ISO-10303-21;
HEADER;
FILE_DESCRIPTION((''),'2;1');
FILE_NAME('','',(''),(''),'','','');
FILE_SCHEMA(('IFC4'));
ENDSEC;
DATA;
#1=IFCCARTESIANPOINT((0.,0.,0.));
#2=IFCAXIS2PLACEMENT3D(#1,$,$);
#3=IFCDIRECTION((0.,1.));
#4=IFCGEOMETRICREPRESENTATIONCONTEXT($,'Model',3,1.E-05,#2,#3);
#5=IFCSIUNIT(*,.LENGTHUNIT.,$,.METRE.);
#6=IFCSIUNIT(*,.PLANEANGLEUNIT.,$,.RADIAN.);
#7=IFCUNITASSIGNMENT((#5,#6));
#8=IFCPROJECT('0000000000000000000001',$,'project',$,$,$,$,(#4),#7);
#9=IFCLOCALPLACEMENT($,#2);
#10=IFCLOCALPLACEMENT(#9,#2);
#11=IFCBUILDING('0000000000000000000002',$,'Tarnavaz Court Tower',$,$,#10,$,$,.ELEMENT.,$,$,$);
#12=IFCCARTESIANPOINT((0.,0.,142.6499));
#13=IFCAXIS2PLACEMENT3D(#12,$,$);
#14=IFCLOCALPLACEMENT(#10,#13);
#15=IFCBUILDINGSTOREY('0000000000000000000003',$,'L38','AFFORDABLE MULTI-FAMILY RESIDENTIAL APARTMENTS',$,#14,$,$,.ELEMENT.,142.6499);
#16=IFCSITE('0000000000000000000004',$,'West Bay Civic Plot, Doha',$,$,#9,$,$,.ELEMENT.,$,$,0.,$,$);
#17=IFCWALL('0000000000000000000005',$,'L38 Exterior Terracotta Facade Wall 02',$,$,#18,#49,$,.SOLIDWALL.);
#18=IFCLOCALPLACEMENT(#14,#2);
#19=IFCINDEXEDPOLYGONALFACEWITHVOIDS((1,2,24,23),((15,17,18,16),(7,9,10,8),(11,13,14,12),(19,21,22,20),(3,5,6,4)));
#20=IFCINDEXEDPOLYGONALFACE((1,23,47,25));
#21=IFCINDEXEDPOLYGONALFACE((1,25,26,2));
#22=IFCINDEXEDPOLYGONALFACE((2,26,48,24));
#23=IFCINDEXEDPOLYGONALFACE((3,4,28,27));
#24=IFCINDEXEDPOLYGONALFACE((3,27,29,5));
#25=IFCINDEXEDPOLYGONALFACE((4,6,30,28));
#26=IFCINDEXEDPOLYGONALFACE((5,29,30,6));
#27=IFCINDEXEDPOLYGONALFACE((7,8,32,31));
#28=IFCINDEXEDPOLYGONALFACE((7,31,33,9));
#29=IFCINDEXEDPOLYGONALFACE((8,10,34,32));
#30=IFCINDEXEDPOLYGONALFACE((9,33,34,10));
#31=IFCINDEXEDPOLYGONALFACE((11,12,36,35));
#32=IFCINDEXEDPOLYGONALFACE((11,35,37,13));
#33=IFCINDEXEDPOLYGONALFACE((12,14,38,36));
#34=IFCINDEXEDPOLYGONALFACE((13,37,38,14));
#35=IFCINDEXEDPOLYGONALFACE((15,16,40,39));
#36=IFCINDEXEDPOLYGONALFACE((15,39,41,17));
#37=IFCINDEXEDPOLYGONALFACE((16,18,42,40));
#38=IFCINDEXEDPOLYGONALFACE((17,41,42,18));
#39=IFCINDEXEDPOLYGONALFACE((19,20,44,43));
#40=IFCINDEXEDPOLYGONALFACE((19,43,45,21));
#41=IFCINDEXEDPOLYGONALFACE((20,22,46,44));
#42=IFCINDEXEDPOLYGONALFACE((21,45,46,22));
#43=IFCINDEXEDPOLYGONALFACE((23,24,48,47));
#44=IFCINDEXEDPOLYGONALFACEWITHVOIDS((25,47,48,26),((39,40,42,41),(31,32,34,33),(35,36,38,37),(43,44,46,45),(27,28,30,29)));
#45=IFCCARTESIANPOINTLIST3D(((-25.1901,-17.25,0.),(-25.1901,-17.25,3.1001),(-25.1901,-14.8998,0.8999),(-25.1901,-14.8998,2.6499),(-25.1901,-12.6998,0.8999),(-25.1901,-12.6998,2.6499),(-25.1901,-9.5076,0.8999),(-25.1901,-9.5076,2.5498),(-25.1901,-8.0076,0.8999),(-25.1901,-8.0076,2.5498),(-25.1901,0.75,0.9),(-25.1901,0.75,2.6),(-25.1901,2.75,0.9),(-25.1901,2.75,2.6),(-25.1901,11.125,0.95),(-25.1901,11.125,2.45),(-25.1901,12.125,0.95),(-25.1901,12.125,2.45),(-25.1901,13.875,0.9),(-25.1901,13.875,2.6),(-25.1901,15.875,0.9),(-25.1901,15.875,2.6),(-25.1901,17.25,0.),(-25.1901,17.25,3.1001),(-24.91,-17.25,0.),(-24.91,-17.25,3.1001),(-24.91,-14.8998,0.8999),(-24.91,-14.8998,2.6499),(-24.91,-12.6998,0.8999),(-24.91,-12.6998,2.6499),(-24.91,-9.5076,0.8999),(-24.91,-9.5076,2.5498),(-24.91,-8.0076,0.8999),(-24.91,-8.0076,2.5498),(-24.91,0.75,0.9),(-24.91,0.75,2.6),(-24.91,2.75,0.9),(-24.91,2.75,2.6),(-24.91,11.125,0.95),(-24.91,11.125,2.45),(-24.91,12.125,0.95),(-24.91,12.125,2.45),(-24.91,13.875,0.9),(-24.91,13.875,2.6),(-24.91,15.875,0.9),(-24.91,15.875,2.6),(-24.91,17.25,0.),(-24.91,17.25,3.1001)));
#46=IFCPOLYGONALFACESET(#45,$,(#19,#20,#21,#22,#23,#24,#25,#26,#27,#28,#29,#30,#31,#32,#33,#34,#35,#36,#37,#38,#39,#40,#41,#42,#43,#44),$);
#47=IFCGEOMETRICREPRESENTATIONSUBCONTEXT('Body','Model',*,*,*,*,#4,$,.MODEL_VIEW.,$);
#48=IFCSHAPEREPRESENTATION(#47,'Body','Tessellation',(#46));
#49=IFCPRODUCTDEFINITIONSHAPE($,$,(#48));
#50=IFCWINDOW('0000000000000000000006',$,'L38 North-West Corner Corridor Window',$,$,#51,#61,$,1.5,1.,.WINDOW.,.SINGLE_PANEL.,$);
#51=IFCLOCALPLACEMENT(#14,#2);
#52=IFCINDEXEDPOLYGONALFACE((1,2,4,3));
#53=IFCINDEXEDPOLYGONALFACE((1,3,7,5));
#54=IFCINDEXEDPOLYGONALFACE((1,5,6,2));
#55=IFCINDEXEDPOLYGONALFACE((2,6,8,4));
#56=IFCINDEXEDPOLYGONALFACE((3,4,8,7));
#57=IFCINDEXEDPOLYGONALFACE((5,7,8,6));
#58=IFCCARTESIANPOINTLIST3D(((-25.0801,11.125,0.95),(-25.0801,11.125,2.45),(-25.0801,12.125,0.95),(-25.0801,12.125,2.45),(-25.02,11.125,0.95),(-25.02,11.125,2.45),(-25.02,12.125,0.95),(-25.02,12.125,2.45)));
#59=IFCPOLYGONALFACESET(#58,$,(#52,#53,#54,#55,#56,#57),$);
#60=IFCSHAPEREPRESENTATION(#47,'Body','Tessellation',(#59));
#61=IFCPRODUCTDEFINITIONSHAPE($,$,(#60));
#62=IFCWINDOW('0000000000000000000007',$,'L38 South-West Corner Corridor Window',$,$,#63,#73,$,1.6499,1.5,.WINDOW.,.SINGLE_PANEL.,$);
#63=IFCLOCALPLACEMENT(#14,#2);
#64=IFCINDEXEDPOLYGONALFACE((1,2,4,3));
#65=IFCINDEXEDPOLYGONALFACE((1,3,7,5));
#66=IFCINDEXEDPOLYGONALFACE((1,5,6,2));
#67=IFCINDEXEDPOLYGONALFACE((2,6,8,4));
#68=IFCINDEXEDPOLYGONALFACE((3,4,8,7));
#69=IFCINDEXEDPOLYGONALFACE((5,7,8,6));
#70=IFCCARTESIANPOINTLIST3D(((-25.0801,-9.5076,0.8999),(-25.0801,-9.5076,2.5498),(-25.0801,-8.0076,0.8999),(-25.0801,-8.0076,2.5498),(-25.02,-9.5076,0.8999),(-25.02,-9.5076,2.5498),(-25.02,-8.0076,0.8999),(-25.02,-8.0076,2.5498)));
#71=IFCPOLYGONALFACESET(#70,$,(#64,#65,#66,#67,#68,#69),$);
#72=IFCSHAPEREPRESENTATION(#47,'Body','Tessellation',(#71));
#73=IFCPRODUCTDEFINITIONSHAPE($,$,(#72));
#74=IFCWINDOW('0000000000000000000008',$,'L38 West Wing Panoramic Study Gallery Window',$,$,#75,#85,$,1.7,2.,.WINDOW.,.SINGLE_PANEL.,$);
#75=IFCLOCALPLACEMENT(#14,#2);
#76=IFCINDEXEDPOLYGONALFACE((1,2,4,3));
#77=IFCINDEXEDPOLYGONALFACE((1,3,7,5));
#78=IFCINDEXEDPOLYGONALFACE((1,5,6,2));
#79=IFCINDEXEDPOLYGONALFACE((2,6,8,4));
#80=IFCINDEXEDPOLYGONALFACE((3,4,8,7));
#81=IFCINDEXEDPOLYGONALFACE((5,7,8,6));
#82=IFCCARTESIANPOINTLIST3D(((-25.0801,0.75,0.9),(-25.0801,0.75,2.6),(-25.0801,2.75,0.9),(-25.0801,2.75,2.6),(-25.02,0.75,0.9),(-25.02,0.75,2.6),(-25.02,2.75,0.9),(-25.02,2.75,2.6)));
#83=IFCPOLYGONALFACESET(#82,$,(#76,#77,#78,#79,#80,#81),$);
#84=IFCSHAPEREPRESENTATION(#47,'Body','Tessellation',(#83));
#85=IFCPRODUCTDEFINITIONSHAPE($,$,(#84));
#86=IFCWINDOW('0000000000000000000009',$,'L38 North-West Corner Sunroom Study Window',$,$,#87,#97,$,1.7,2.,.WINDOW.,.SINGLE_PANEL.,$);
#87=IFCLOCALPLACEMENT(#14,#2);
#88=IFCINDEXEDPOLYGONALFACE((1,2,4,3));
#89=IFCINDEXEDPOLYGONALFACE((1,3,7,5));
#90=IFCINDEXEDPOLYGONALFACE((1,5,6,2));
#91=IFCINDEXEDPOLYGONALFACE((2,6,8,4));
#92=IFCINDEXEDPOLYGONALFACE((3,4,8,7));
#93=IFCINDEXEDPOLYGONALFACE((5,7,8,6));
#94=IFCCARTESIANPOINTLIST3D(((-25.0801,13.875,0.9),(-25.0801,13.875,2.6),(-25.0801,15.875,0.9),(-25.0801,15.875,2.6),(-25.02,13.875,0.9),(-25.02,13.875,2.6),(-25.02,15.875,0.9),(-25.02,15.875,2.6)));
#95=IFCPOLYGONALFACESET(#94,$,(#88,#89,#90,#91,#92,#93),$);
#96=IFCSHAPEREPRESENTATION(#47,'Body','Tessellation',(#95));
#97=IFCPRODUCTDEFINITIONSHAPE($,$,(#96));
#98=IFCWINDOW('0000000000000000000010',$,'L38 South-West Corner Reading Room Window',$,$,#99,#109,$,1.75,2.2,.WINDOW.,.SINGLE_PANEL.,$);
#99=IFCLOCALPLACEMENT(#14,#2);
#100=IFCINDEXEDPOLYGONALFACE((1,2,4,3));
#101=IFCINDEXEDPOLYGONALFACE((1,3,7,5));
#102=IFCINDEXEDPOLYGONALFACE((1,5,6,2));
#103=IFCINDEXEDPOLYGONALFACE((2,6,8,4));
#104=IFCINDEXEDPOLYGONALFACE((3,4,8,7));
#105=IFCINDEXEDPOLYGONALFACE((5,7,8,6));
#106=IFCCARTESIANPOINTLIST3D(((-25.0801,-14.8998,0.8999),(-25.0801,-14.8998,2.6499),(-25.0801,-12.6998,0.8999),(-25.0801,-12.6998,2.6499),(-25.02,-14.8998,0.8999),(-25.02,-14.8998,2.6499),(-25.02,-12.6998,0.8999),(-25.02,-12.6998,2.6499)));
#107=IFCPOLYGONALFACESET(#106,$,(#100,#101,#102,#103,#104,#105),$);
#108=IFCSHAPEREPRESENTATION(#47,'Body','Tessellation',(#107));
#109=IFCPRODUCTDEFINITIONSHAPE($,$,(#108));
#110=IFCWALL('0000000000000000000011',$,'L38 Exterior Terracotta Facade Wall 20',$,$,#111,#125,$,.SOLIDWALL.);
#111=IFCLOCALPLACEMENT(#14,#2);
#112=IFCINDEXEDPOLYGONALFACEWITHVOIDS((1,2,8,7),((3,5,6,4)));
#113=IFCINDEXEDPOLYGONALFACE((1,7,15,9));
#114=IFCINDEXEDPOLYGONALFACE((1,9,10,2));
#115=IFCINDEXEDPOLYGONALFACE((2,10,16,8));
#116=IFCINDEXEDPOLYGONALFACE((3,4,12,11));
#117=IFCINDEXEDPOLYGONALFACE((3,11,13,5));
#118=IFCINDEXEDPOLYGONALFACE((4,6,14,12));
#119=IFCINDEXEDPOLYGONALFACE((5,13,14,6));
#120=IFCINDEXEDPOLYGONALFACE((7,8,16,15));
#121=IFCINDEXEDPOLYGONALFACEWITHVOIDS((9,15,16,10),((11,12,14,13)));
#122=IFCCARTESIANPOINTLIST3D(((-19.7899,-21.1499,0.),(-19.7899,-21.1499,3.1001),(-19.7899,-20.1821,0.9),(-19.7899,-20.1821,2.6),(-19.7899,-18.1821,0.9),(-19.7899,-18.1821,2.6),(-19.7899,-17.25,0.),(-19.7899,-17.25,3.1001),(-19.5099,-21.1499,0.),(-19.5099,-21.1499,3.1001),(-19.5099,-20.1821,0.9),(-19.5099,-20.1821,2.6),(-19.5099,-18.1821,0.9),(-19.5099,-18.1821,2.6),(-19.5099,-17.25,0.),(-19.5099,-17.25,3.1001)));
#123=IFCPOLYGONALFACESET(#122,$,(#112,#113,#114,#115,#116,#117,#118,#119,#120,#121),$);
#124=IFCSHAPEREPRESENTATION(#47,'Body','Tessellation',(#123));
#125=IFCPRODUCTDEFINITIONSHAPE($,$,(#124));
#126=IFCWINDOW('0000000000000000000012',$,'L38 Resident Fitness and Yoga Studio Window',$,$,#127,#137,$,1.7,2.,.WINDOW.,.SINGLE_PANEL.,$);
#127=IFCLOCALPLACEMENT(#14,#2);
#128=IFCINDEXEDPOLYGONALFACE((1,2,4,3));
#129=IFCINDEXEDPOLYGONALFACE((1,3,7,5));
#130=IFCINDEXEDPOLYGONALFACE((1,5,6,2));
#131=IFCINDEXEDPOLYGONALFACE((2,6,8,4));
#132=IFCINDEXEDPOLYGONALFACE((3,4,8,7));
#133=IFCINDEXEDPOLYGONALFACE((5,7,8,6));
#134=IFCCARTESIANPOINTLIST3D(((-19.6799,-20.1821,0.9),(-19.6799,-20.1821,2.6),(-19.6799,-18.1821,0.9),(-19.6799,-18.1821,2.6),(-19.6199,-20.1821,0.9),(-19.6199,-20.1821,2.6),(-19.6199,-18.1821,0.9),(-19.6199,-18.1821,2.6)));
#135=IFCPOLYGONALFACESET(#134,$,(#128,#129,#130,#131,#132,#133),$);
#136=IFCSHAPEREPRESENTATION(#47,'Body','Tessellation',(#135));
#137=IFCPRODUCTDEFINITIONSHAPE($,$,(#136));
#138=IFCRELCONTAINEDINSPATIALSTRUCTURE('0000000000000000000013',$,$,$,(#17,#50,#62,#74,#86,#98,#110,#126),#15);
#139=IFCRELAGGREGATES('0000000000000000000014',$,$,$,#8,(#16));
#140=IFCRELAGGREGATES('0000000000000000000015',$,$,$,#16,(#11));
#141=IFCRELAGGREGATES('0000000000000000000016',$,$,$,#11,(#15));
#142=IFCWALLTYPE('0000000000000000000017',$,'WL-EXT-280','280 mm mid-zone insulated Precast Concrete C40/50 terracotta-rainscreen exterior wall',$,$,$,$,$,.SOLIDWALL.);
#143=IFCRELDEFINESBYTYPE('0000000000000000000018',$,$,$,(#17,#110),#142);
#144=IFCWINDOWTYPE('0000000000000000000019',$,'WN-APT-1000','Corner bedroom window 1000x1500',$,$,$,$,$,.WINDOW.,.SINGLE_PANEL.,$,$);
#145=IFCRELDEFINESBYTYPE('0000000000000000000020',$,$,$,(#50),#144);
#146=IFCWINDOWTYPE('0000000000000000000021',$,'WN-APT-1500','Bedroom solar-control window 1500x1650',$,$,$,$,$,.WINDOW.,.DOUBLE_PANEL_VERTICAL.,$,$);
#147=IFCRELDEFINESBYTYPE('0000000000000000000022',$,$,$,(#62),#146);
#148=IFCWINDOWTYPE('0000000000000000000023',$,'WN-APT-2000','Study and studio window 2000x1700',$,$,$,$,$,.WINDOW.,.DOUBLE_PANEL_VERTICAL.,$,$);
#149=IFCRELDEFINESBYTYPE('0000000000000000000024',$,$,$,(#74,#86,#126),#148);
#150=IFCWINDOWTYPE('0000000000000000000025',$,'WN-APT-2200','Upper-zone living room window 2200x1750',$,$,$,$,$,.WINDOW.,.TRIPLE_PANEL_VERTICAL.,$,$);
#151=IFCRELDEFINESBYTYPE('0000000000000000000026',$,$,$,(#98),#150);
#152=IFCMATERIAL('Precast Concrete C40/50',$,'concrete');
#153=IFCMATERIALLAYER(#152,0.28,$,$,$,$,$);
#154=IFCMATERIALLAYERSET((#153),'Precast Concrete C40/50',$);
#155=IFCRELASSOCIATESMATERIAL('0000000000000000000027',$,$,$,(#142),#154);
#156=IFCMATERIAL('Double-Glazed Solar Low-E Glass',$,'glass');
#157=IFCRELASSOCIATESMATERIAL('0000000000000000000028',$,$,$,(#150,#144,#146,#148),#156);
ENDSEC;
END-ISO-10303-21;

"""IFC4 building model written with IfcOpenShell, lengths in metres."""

from ifc_helpers import new_model, si_unit, direction, frame, frame_2d, origin, place, context, subcontext, project, spatial, rectangle, extrude, material, layer, layer_set, type_object, element, fill, save


model = new_model("IFC4")

# Units and contexts
model_context = context("Model", 3, precision=1e-05, world=origin(), true_north=direction((0.0, 1.0)))
body_context = subcontext(model_context, "Body", "Model", "MODEL_VIEW")
ifc_project = project(units=[si_unit("LENGTHUNIT", "METRE"), si_unit("PLANEANGLEUNIT", "RADIAN")], contexts=[model_context])

# Site, building, storey
site_placement = place(None, origin())
site = spatial("IfcSite", under=ifc_project, at=site_placement, Name="West Bay Civic Plot, Doha", CompositionType="ELEMENT", RefElevation=0.0)
building_placement = place(site_placement, origin())
building = spatial("IfcBuilding", under=site, at=building_placement, Name="Tarnavaz Court Tower", CompositionType="ELEMENT")
storey_placement = place(building_placement, frame((0.0, 0.0, 142.6499)))
storey = spatial("IfcBuildingStorey", under=building, at=storey_placement, Name="L38", Description="AFFORDABLE MULTI-FAMILY RESIDENTIAL APARTMENTS", CompositionType="ELEMENT", Elevation=142.6499)

# Shared definitions
ifc_material_1 = material(Name="Precast Concrete C40/50", Category="concrete")
ifc_layer_1 = layer(ifc_material_1, 0.28)
ifc_layer_set_1 = layer_set([ifc_layer_1], Name="Precast Concrete C40/50")
wall_type_1 = type_object("IfcWallType", Name="WL-EXT-280", Description="280 mm mid-zone insulated Precast Concrete C40/50 terracotta-rainscreen exterior wall", PredefinedType="SOLIDWALL", material=ifc_layer_set_1)
ifc_material_2 = material(Name="Double-Glazed Solar Low-E Glass", Category="glass")
window_type_1 = type_object("IfcWindowType", Name="WN-APT-2200", Description="Upper-zone living room window 2200x1750", PartitioningType="TRIPLE_PANEL_VERTICAL", PredefinedType="WINDOW", material=ifc_material_2)

# Wall, openings, windows
wall_1_placement = place(storey_placement, frame((-25.05, -17.25, 0.0), z_axis=(0.0, 0.0, 1.0), x_axis=(0.0, 1.0, 0.0)))
wall_1 = element("IfcWall", 1, at=wall_1_placement, inside=storey, type_object=wall_type_1, Name="L38 Exterior Terracotta Facade Wall 02", PredefinedType="SOLIDWALL", context=body_context, shape_type="SweptSolid", body=[
    extrude(rectangle(XDim=34.5, YDim=0.28, at=frame_2d((17.25, 0.0))), origin(), (0.0, 0.0, 1.0), 3.1001),
])
opening_1_placement = place(wall_1_placement, frame((2.3501, 0.0, 0.8999)))
opening_1 = element("IfcOpeningElement", 2, at=opening_1_placement, cuts=wall_1, PredefinedType="OPENING", context=body_context, shape_type="SweptSolid", body=[
    extrude(rectangle(XDim=2.2, YDim=1.75, at=frame_2d((1.1001, 0.875))), frame((0.0, 0.1499, 0.0), z_axis=(0.0, -1.0, 0.0), x_axis=(1.0, 0.0, 0.0)), (0.0, 0.0, 1.0), 0.3),
])
opening_2_placement = place(wall_1_placement, frame((7.7424, 0.0, 0.8999)))
opening_2 = element("IfcOpeningElement", 3, at=opening_2_placement, cuts=wall_1, PredefinedType="OPENING", context=body_context, shape_type="SweptSolid", body=[
    extrude(rectangle(XDim=1.5, YDim=1.6499, at=frame_2d((0.75, 0.825))), frame((0.0, 0.1499, 0.0), z_axis=(0.0, -1.0, 0.0), x_axis=(1.0, 0.0, 0.0)), (0.0, 0.0, 1.0), 0.3),
])
opening_3_placement = place(wall_1_placement, frame((18.0, 0.0, 0.8999)))
opening_3 = element("IfcOpeningElement", 4, at=opening_3_placement, cuts=wall_1, PredefinedType="OPENING", context=body_context, shape_type="SweptSolid", body=[
    extrude(rectangle(XDim=2.0, YDim=1.7, at=frame_2d((1.0, 0.8501))), frame((0.0, 0.1499, 0.0), z_axis=(0.0, -1.0, 0.0), x_axis=(1.0, 0.0, 0.0)), (0.0, 0.0, 1.0), 0.3),
])
opening_4_placement = place(wall_1_placement, frame((28.375, 0.0, 0.95)))
opening_4 = element("IfcOpeningElement", 5, at=opening_4_placement, cuts=wall_1, PredefinedType="OPENING", context=body_context, shape_type="SweptSolid", body=[
    extrude(rectangle(XDim=1.0, YDim=1.5, at=frame_2d((0.5, 0.75))), frame((0.0, 0.1499, 0.0), z_axis=(0.0, -1.0, 0.0), x_axis=(1.0, 0.0, 0.0)), (0.0, 0.0, 1.0), 0.3),
])
opening_5_placement = place(wall_1_placement, frame((31.125, 0.0, 0.8999)))
opening_5 = element("IfcOpeningElement", 6, at=opening_5_placement, cuts=wall_1, PredefinedType="OPENING", context=body_context, shape_type="SweptSolid", body=[
    extrude(rectangle(XDim=2.0, YDim=1.7, at=frame_2d((1.0, 0.8501))), frame((0.0, 0.1499, 0.0), z_axis=(0.0, -1.0, 0.0), x_axis=(1.0, 0.0, 0.0)), (0.0, 0.0, 1.0), 0.3),
])
window_type_2 = type_object("IfcWindowType", Name="WN-APT-1000", Description="Corner bedroom window 1000x1500", PartitioningType="SINGLE_PANEL", PredefinedType="WINDOW", material=ifc_material_2)
window_1_placement = place(opening_4_placement, origin())
window_1 = element("IfcWindow", 7, at=window_1_placement, inside=storey, type_object=window_type_2, Name="L38 North-West Corner Corridor Window", OverallHeight=1.5, OverallWidth=1.0, PartitioningType="SINGLE_PANEL", PredefinedType="WINDOW", context=body_context, shape_type="SweptSolid", body=[
    extrude(rectangle(XDim=1.0, YDim=1.5, at=frame_2d((0.5, 0.75))), frame((0.0, 0.03, 0.0), z_axis=(0.0, -1.0, 0.0), x_axis=(1.0, 0.0, 0.0)), (0.0, 0.0, 1.0), 0.0601),
])
fill(opening_4, window_1)
window_type_3 = type_object("IfcWindowType", Name="WN-APT-1500", Description="Bedroom solar-control window 1500x1650", PartitioningType="DOUBLE_PANEL_VERTICAL", PredefinedType="WINDOW", material=ifc_material_2)
window_2_placement = place(opening_2_placement, origin())
window_2 = element("IfcWindow", 8, at=window_2_placement, inside=storey, type_object=window_type_3, Name="L38 South-West Corner Corridor Window", OverallHeight=1.6499, OverallWidth=1.5, PartitioningType="SINGLE_PANEL", PredefinedType="WINDOW", context=body_context, shape_type="SweptSolid", body=[
    extrude(rectangle(XDim=1.5, YDim=1.6499, at=frame_2d((0.75, 0.825))), frame((0.0, 0.03, 0.0), z_axis=(0.0, -1.0, 0.0), x_axis=(1.0, 0.0, 0.0)), (0.0, 0.0, 1.0), 0.0601),
])
fill(opening_2, window_2)
window_type_4 = type_object("IfcWindowType", Name="WN-APT-2000", Description="Study and studio window 2000x1700", PartitioningType="DOUBLE_PANEL_VERTICAL", PredefinedType="WINDOW", material=ifc_material_2)
window_3_placement = place(opening_3_placement, origin())
window_3 = element("IfcWindow", 9, at=window_3_placement, inside=storey, type_object=window_type_4, Name="L38 West Wing Panoramic Study Gallery Window", OverallHeight=1.7, OverallWidth=2.0, PartitioningType="SINGLE_PANEL", PredefinedType="WINDOW", context=body_context, shape_type="SweptSolid", body=[
    extrude(rectangle(XDim=2.0, YDim=1.7, at=frame_2d((1.0, 0.8501))), frame((0.0, 0.03, 0.0), z_axis=(0.0, -1.0, 0.0), x_axis=(1.0, 0.0, 0.0)), (0.0, 0.0, 1.0), 0.0601),
])
fill(opening_3, window_3)
window_4_placement = place(opening_5_placement, origin())
window_4 = element("IfcWindow", 10, at=window_4_placement, inside=storey, type_object=window_type_4, Name="L38 North-West Corner Sunroom Study Window", OverallHeight=1.7, OverallWidth=2.0, PartitioningType="SINGLE_PANEL", PredefinedType="WINDOW", context=body_context, shape_type="SweptSolid", body=[
    extrude(rectangle(XDim=2.0, YDim=1.7, at=frame_2d((1.0, 0.8501))), frame((0.0, 0.03, 0.0), z_axis=(0.0, -1.0, 0.0), x_axis=(1.0, 0.0, 0.0)), (0.0, 0.0, 1.0), 0.0601),
])
fill(opening_5, window_4)
window_5_placement = place(opening_1_placement, origin())
window_5 = element("IfcWindow", 11, at=window_5_placement, inside=storey, type_object=window_type_1, Name="L38 South-West Corner Reading Room Window", OverallHeight=1.75, OverallWidth=2.2, PartitioningType="SINGLE_PANEL", PredefinedType="WINDOW", context=body_context, shape_type="SweptSolid", body=[
    extrude(rectangle(XDim=2.2, YDim=1.75, at=frame_2d((1.1001, 0.875))), frame((0.0, 0.03, 0.0), z_axis=(0.0, -1.0, 0.0), x_axis=(1.0, 0.0, 0.0)), (0.0, 0.0, 1.0), 0.0601),
])
fill(opening_1, window_5)

# Wall, opening, window
wall_2_placement = place(storey_placement, frame((-19.6499, -21.1499, 0.0), z_axis=(0.0, 0.0, 1.0), x_axis=(0.0, 1.0, 0.0)))
wall_2 = element("IfcWall", 12, at=wall_2_placement, inside=storey, type_object=wall_type_1, Name="L38 Exterior Terracotta Facade Wall 20", PredefinedType="SOLIDWALL", context=body_context, shape_type="SweptSolid", body=[
    extrude(rectangle(XDim=3.8999, YDim=0.28, at=frame_2d((1.95, 0.0))), origin(), (0.0, 0.0, 1.0), 3.1001),
])
opening_6_placement = place(wall_2_placement, frame((0.9678, 0.0, 0.8999)))
opening_6 = element("IfcOpeningElement", 13, at=opening_6_placement, cuts=wall_2, PredefinedType="OPENING", context=body_context, shape_type="SweptSolid", body=[
    extrude(rectangle(XDim=2.0, YDim=1.7, at=frame_2d((1.0, 0.8501))), frame((0.0, 0.1499, 0.0), z_axis=(0.0, -1.0, 0.0), x_axis=(1.0, 0.0, 0.0)), (0.0, 0.0, 1.0), 0.3),
])
window_6_placement = place(opening_6_placement, origin())
window_6 = element("IfcWindow", 14, at=window_6_placement, inside=storey, type_object=window_type_4, Name="L38 Resident Fitness and Yoga Studio Window", OverallHeight=1.7, OverallWidth=2.0, PartitioningType="SINGLE_PANEL", PredefinedType="WINDOW", context=body_context, shape_type="SweptSolid", body=[
    extrude(rectangle(XDim=2.0, YDim=1.7, at=frame_2d((1.0, 0.8501))), frame((0.0, 0.03, 0.0), z_axis=(0.0, -1.0, 0.0), x_axis=(1.0, 0.0, 0.0)), (0.0, 0.0, 1.0), 0.0601),
])
fill(opening_6, window_6)

save(model, "model.ifc")
